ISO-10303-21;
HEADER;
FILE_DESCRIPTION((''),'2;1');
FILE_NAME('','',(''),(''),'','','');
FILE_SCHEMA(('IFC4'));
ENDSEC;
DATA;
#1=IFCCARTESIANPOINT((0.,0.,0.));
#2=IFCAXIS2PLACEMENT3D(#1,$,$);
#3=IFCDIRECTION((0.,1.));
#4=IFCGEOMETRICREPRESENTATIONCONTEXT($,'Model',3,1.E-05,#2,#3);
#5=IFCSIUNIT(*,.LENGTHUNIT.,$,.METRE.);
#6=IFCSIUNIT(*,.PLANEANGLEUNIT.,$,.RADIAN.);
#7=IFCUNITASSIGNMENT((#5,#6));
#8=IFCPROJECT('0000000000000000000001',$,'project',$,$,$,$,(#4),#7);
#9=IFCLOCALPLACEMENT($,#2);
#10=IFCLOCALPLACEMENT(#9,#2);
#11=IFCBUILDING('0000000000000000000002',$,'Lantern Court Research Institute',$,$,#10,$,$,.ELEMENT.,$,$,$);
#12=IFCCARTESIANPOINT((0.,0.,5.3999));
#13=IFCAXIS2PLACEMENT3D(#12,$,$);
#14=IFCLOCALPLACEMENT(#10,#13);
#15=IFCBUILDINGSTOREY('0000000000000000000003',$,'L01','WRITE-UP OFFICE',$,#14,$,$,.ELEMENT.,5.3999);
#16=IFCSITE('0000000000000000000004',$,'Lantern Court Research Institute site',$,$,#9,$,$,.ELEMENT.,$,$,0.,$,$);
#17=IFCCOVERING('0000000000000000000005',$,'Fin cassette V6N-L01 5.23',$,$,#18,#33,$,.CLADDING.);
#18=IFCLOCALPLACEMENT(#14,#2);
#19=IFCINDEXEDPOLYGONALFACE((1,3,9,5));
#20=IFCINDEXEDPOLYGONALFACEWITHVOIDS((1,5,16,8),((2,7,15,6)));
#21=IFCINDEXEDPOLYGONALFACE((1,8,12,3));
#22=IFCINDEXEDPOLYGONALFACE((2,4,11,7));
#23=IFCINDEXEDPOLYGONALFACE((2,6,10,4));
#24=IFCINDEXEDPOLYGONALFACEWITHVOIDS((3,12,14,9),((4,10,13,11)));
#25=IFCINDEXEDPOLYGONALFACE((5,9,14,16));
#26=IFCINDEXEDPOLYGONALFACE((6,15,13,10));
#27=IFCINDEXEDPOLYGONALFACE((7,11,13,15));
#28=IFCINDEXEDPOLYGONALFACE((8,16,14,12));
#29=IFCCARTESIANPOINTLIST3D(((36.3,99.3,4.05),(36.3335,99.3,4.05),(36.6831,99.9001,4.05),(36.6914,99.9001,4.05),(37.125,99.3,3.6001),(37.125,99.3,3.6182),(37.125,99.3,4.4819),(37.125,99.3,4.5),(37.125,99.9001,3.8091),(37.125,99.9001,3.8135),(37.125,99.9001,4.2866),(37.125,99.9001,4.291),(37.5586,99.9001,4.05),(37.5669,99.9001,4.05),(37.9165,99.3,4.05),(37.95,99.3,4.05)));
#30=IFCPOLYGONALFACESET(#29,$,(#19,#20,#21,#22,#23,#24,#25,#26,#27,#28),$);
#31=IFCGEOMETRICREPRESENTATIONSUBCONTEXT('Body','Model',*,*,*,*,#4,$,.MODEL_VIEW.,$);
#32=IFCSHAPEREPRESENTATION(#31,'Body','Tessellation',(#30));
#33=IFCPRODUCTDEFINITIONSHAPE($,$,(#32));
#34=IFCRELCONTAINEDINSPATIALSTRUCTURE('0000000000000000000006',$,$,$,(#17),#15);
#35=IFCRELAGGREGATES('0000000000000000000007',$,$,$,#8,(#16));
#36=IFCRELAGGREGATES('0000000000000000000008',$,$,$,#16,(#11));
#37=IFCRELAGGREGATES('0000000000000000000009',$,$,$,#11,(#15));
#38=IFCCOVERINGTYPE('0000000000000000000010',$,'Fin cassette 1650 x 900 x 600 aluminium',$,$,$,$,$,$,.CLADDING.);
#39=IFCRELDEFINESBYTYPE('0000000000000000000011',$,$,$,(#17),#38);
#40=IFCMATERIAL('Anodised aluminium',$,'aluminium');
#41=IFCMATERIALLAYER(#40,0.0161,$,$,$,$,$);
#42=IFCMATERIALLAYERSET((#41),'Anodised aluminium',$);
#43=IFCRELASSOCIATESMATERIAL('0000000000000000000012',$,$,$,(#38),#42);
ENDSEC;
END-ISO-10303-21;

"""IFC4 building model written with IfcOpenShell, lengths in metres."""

from ifc_helpers import new_model, entity, si_unit, direction, frame, origin, place, context, subcontext, project, spatial, material, layer, layer_set, type_object, element, save


model = new_model("IFC4")

# Units and contexts
model_context = context("Model", 3, precision=1e-05, world=origin(), true_north=direction((0.0, 1.0)))
body_context = subcontext(model_context, "Body", "Model", "MODEL_VIEW")
ifc_project = project(units=[si_unit("LENGTHUNIT", "METRE"), si_unit("PLANEANGLEUNIT", "RADIAN")], contexts=[model_context])

# Site, building, storey
site_placement = place(None, origin())
site = spatial("IfcSite", under=ifc_project, at=site_placement, Name="Lantern Court Research Institute site", CompositionType="ELEMENT", RefElevation=0.0)
building_placement = place(site_placement, origin())
building = spatial("IfcBuilding", under=site, at=building_placement, Name="Lantern Court Research Institute", CompositionType="ELEMENT")
storey_placement = place(building_placement, frame((0.0, 0.0, 5.3999)))
storey = spatial("IfcBuildingStorey", under=building, at=storey_placement, Name="L01", Description="WRITE-UP OFFICE", CompositionType="ELEMENT", Elevation=5.3999)

# Covering
ifc_material_1 = material(Name="Anodised aluminium", Category="aluminium")
ifc_layer_1 = layer(ifc_material_1, 0.0161)
ifc_layer_set_1 = layer_set([ifc_layer_1], Name="Anodised aluminium")
covering_type_1 = type_object("IfcCoveringType", Name="Fin cassette 1650 x 900 x 600 aluminium", PredefinedType="CLADDING", material=ifc_layer_set_1)
covering_1_placement = place(storey_placement, frame((37.125, 99.3, 4.05), z_axis=(0.0, 1.0, 0.0), x_axis=(-1.0, 0.0, 0.0)))
cartesian_point_1 = entity("IfcCartesianPoint", [0.825, 0.0])
cartesian_point_2 = entity("IfcCartesianPoint", [0.7915, 0.0])
cartesian_point_3 = entity("IfcCartesianPoint", [0.4419, 0.0])
cartesian_point_4 = entity("IfcCartesianPoint", [0.4336, 0.0])
element("IfcCovering", 1, at=covering_1_placement, inside=storey, type_object=covering_type_1, Name="Fin cassette V6N-L01 5.23", PredefinedType="CLADDING", context=body_context, shape_type="SweptSolid", body=[
    entity("IfcExtrudedAreaSolidTapered", entity("IfcArbitraryProfileDefWithVoids", "AREA", None, entity("IfcPolyline", [cartesian_point_1, entity("IfcCartesianPoint", [0.0, 0.45]), entity("IfcCartesianPoint", [-0.825, 0.0]), entity("IfcCartesianPoint", [0.0, -0.45]), cartesian_point_1]), [entity("IfcPolyline", [cartesian_point_2, entity("IfcCartesianPoint", [0.0, 0.4319]), entity("IfcCartesianPoint", [-0.7915, 0.0]), entity("IfcCartesianPoint", [0.0, -0.4319]), cartesian_point_2])]), entity("IfcAxis2Placement3D", entity("IfcCartesianPoint", [0.0, 0.0, 0.0])), entity("IfcDirection", [0.0, 0.0, 1.0]), 0.6001, entity("IfcArbitraryProfileDefWithVoids", "AREA", None, entity("IfcPolyline", [cartesian_point_3, entity("IfcCartesianPoint", [0.0, 0.241]), entity("IfcCartesianPoint", [-0.4419, 0.0]), entity("IfcCartesianPoint", [0.0, -0.241]), cartesian_point_3]), [entity("IfcPolyline", [cartesian_point_4, entity("IfcCartesianPoint", [0.0, 0.2366]), entity("IfcCartesianPoint", [-0.4336, 0.0]), entity("IfcCartesianPoint", [0.0, -0.2366]), cartesian_point_4])])),
])

save(model, "model.ifc")
